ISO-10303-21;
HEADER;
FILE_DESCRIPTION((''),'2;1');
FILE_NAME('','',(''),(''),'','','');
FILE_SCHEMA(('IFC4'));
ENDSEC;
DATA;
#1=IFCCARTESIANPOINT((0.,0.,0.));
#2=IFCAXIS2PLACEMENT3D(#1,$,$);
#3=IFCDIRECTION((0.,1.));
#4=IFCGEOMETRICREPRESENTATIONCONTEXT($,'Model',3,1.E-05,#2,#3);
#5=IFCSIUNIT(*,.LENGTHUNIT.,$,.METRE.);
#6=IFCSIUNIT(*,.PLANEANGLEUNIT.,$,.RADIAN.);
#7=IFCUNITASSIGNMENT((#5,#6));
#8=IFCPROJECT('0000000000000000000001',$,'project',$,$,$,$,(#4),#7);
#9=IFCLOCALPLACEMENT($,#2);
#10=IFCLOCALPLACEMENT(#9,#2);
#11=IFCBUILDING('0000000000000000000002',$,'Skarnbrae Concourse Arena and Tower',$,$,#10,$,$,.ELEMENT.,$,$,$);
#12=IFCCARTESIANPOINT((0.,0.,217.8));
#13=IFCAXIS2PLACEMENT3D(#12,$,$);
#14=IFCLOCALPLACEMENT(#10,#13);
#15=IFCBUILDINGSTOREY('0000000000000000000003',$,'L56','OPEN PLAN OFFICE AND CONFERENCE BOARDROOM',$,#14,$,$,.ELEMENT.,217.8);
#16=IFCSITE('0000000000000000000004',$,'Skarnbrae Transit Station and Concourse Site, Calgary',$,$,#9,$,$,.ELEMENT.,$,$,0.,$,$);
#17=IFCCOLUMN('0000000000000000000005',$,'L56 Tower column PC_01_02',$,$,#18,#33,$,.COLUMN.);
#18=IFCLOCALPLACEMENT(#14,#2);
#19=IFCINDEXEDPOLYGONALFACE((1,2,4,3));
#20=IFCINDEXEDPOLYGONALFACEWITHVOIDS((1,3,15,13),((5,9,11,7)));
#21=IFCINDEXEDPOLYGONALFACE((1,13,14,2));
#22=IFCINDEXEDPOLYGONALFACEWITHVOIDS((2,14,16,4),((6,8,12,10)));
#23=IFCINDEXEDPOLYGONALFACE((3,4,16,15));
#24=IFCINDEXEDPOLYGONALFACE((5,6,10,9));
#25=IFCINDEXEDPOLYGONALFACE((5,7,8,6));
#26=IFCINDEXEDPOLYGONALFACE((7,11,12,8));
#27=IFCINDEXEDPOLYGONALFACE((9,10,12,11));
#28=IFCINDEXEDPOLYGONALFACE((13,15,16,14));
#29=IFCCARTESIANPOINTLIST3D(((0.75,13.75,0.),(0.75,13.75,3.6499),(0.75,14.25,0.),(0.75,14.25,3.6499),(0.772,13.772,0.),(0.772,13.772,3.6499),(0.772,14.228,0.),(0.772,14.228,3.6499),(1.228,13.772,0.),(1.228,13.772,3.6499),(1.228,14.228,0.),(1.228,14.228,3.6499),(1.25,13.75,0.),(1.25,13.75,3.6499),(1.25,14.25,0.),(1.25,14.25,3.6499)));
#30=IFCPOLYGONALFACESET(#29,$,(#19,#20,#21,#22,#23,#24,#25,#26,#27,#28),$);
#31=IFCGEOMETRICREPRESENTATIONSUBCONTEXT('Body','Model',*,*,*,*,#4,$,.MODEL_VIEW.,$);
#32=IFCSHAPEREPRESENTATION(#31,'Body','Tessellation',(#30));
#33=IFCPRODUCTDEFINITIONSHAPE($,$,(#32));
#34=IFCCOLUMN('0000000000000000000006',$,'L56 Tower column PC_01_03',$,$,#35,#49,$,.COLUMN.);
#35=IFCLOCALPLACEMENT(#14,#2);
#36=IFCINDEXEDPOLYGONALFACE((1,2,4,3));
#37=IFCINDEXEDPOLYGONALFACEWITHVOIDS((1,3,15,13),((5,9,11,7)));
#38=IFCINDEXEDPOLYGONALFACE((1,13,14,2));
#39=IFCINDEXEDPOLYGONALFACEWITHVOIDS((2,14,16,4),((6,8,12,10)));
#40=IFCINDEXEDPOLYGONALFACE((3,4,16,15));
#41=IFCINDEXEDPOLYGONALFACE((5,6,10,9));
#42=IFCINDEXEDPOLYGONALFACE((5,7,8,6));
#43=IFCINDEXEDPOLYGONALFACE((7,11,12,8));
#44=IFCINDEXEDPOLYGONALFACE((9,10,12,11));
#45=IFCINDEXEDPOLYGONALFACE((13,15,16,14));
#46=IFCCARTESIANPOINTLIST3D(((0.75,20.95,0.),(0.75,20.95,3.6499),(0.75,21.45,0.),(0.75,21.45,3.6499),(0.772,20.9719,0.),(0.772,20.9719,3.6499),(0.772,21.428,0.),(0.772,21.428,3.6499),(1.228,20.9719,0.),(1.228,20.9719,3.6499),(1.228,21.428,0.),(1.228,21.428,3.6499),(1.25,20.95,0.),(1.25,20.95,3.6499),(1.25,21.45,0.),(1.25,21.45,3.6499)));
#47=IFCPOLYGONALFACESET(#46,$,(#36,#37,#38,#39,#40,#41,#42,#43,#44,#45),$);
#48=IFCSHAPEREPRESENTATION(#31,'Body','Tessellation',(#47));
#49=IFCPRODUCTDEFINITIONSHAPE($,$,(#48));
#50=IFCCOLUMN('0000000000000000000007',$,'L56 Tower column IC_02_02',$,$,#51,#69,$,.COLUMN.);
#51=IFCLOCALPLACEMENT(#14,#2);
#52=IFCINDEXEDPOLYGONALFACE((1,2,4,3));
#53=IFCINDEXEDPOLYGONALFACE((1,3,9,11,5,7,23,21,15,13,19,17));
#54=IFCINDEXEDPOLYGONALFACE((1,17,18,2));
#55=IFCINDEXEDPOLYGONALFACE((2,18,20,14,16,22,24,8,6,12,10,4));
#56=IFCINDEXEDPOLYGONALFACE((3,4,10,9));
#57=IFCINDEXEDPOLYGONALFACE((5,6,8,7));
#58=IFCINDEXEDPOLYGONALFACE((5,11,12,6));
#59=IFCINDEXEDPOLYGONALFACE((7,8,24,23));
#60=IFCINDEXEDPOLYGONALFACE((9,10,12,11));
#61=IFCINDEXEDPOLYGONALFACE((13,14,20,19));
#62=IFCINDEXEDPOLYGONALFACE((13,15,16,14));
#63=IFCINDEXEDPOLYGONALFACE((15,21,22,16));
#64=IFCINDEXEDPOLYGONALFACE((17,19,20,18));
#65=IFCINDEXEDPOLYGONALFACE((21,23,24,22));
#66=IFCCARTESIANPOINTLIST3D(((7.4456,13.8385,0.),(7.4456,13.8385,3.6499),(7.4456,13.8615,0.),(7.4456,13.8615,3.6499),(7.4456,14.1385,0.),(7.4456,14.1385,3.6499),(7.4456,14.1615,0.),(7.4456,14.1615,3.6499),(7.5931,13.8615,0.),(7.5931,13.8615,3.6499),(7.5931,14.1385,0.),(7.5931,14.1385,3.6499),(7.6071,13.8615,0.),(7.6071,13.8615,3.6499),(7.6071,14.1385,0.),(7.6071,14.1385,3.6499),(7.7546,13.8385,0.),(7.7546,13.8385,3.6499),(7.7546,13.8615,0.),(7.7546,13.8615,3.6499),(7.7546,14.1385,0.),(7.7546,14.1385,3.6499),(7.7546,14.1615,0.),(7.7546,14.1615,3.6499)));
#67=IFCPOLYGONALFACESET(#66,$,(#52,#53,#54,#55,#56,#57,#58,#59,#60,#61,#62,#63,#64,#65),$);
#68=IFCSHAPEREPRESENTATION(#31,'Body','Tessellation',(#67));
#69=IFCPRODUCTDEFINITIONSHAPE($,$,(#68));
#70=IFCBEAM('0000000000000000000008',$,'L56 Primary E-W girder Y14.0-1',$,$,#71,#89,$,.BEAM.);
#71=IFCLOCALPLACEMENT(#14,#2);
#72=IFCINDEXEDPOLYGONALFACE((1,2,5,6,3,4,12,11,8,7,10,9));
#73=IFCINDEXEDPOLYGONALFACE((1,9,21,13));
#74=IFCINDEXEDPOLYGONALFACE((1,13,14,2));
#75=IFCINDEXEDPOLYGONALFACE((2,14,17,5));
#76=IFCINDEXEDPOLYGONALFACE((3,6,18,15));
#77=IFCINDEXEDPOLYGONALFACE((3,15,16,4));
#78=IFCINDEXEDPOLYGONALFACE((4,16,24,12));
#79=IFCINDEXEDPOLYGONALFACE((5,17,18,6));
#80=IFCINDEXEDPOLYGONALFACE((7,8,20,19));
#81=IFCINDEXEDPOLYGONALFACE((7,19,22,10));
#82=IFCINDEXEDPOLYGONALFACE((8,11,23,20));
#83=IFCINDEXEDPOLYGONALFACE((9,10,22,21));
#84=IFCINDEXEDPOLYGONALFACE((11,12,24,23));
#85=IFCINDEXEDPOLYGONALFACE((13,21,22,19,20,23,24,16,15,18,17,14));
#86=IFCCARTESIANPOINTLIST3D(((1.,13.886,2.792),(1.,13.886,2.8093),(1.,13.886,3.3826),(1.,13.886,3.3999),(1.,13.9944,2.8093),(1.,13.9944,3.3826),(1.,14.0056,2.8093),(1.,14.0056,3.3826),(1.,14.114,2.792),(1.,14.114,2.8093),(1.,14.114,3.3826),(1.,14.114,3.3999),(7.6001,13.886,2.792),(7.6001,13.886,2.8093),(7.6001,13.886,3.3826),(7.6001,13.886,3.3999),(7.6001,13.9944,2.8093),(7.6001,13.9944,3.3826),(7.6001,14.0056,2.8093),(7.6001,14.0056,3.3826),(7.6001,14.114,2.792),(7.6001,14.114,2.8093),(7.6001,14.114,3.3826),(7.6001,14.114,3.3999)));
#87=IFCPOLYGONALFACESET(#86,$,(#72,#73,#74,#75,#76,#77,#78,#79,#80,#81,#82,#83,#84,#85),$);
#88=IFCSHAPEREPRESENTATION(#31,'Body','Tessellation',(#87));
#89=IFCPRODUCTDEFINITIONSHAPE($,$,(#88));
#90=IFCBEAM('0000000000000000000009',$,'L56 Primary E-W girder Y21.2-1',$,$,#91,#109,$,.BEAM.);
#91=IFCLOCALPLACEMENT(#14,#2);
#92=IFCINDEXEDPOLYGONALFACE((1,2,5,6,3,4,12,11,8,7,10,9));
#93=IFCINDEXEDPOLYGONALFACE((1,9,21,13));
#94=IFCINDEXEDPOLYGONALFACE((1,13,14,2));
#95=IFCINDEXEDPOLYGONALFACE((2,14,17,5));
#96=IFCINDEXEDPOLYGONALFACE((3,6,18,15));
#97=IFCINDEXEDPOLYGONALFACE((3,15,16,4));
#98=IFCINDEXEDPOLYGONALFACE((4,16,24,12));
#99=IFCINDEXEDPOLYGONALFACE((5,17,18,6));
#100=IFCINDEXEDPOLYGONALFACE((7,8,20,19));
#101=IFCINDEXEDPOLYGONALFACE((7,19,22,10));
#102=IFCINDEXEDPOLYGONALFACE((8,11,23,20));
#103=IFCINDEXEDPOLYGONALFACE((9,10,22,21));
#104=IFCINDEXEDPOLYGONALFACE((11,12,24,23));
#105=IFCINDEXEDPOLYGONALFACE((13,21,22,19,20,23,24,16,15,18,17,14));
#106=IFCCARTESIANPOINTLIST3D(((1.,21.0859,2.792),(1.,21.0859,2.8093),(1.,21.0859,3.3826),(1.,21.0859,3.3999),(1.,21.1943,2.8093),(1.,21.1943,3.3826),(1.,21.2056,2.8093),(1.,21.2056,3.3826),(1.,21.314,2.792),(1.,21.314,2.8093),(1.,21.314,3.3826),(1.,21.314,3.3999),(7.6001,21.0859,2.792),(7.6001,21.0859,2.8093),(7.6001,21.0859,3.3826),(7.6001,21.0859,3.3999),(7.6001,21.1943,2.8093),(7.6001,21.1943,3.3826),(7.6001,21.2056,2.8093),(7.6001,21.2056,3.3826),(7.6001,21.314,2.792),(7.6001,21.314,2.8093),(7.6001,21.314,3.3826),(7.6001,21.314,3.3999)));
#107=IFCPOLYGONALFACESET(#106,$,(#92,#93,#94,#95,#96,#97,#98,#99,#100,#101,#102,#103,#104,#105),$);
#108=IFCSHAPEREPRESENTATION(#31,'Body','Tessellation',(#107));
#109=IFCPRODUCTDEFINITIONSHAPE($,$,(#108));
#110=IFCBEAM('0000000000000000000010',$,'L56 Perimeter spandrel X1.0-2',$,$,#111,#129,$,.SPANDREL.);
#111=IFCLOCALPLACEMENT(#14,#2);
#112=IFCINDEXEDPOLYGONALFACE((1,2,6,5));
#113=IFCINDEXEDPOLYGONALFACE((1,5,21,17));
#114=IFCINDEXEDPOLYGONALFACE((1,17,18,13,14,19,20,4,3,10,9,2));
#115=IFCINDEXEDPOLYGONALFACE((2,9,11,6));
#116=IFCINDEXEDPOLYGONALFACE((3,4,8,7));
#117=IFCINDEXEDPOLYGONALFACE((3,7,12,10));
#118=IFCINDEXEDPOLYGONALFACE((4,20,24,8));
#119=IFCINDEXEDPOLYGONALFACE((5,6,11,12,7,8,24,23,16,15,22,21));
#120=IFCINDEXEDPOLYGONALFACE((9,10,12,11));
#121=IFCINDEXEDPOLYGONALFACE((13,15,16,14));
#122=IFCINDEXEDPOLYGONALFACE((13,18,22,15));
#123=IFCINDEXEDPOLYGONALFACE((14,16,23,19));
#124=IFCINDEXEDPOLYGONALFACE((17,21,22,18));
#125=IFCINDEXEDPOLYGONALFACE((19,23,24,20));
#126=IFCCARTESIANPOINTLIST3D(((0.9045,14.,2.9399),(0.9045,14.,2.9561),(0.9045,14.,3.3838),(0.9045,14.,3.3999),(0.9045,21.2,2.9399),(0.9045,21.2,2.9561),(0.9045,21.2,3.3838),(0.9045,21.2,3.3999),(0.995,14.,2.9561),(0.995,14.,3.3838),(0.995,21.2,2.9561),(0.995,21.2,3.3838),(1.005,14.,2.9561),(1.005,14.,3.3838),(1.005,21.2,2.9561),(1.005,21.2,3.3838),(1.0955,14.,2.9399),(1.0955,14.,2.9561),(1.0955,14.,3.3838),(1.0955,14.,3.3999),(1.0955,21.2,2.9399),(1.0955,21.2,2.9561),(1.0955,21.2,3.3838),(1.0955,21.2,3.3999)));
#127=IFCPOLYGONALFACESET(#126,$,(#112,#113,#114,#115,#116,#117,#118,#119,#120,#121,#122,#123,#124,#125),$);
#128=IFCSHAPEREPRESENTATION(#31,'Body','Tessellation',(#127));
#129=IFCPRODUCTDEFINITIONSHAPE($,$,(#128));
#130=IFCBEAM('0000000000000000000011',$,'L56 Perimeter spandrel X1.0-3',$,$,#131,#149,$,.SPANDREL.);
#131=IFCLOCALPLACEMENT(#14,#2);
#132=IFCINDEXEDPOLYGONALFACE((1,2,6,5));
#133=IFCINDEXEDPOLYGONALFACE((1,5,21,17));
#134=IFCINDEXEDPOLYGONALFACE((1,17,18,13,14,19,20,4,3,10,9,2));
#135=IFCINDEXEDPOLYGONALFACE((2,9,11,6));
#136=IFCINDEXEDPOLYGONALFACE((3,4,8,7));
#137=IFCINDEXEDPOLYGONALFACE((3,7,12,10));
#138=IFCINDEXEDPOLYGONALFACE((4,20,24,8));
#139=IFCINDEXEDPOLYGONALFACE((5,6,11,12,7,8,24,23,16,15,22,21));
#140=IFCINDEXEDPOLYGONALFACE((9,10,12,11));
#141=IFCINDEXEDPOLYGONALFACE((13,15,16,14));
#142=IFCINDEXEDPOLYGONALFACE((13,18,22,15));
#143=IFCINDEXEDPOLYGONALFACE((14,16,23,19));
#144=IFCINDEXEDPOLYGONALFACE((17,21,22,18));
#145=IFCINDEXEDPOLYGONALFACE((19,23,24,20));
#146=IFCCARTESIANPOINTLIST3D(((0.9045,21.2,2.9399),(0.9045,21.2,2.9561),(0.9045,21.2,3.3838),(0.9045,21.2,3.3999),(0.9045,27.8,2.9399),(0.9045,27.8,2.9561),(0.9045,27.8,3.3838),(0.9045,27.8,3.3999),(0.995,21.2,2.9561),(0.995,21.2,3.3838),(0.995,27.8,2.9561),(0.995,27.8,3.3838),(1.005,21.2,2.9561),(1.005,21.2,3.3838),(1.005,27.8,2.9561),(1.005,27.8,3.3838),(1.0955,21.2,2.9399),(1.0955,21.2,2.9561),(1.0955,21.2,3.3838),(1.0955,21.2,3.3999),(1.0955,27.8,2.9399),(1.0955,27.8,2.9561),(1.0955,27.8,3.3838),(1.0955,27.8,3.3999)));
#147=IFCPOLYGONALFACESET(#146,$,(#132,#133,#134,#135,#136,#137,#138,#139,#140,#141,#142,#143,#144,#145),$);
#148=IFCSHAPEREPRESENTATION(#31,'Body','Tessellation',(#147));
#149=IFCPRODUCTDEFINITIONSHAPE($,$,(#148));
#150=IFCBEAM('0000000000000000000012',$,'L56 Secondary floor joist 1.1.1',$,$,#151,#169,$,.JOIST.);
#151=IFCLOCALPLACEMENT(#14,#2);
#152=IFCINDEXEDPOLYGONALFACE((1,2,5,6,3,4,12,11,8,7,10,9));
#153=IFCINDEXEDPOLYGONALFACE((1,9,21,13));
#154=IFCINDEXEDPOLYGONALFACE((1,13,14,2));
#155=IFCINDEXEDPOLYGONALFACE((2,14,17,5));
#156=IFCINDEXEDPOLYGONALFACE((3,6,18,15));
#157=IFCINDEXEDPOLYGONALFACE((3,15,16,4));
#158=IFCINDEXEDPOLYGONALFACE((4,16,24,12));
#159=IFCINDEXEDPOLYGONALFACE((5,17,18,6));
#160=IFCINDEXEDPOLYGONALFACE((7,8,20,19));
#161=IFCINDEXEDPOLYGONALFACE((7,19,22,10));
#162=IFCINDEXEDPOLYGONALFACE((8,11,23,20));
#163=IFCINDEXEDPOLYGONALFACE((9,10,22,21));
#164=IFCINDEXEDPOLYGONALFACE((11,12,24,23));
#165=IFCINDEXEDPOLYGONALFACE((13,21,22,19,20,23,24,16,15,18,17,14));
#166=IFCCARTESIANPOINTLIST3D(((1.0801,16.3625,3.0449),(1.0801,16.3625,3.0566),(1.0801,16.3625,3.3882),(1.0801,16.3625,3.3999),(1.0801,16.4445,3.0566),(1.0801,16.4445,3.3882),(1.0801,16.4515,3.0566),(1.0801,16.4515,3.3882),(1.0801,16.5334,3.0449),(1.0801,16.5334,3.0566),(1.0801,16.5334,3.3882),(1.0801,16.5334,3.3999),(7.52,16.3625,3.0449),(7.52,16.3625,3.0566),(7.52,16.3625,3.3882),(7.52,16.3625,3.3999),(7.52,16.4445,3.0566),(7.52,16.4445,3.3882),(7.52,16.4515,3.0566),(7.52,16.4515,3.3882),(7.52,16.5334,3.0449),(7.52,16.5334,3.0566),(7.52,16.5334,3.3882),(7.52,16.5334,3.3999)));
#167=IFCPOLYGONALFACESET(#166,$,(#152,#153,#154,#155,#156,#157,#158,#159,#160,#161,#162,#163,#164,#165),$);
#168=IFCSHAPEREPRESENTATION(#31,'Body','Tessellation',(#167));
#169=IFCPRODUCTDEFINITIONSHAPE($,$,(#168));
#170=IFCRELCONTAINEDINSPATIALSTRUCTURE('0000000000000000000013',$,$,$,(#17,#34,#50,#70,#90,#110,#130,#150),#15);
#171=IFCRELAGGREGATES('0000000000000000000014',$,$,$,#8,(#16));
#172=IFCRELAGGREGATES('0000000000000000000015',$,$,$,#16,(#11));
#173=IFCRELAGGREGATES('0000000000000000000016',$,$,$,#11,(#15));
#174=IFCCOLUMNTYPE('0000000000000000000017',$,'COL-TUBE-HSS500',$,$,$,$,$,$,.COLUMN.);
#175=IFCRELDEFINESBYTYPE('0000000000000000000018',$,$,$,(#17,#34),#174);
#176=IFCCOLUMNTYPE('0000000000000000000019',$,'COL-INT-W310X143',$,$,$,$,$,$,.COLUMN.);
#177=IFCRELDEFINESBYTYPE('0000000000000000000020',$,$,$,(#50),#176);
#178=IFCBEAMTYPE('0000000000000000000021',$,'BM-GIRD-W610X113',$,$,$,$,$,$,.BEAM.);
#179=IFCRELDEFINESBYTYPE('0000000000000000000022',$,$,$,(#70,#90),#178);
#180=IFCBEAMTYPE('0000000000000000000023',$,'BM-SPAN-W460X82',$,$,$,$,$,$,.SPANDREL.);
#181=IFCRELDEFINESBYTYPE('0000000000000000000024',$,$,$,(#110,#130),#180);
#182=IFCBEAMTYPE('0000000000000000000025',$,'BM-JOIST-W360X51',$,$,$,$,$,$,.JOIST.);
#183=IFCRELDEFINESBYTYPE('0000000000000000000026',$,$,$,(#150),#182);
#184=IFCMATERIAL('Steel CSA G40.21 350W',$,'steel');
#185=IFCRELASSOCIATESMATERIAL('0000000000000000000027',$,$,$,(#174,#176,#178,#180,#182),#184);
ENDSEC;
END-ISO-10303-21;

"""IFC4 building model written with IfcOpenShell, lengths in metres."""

from ifc_helpers import new_model, si_unit, direction, frame, origin, origin_2d, place, context, subcontext, project, spatial, hollow_rectangle, i_section, extrude, source, transform, mapped, material, material_profile, profile_set, type_object, element, save


model = new_model("IFC4")

# Units and contexts
model_context = context("Model", 3, precision=1e-05, world=origin(), true_north=direction((0.0, 1.0)))
body_context = subcontext(model_context, "Body", "Model", "MODEL_VIEW")
ifc_project = project(units=[si_unit("LENGTHUNIT", "METRE"), si_unit("PLANEANGLEUNIT", "RADIAN")], contexts=[model_context])

# Site, building, storey
site_placement = place(None, origin())
site = spatial("IfcSite", under=ifc_project, at=site_placement, Name="Skarnbrae Transit Station and Concourse Site, Calgary", CompositionType="ELEMENT", RefElevation=0.0)
building_placement = place(site_placement, origin())
building = spatial("IfcBuilding", under=site, at=building_placement, Name="Skarnbrae Concourse Arena and Tower", CompositionType="ELEMENT")
storey_placement = place(building_placement, frame((0.0, 0.0, 217.8)))
storey = spatial("IfcBuildingStorey", under=building, at=storey_placement, Name="L56", Description="OPEN PLAN OFFICE AND CONFERENCE BOARDROOM", CompositionType="ELEMENT", Elevation=217.8)

# Columns
ifc_material_1 = material(Name="Steel CSA G40.21 350W", Category="steel")
ifc_material_profile_1 = material_profile(ifc_material_1, hollow_rectangle(XDim=0.5, YDim=0.5, WallThickness=0.022, at=origin_2d()), Name="HSS500X500X22.0")
ifc_profile_set_1 = profile_set([ifc_material_profile_1], Name="Steel CSA G40.21 350W")
column_type_1 = type_object("IfcColumnType", Name="COL-TUBE-HSS500", PredefinedType="COLUMN", material=ifc_profile_set_1)
shared_shape_1 = source(origin(), body_context, "Body", "SweptSolid", [
    extrude(hollow_rectangle(XDim=0.5, YDim=0.5, WallThickness=0.022, at=origin_2d()), origin(), (0.0, 0.0, 1.0), 3.6499),
])
for number, where, z_axis, x_axis, name in (
    (1, (1.0, 14.0, 0.0), (0.0, 0.0, 1.0), (1.0, 0.0, 0.0), "L56 Tower column PC_01_02"),
    (2, (1.0, 21.2, 0.0), (0.0, 0.0, 1.0), (1.0, 0.0, 0.0), "L56 Tower column PC_01_03"),
):
    element("IfcColumn", number, at=place(storey_placement, frame(where, z_axis=z_axis, x_axis=x_axis)), inside=storey, type_object=column_type_1, Name=name, PredefinedType="COLUMN", context=body_context, shape_type="MappedRepresentation", body=[
        mapped(shared_shape_1, transform((0.0, 0.0, 0.0))),
    ])
ifc_material_profile_2 = material_profile(ifc_material_1, i_section(OverallWidth=0.3091, OverallDepth=0.323, WebThickness=0.0139, FlangeThickness=0.0229, at=origin_2d()), Name="W310X143")
ifc_profile_set_2 = profile_set([ifc_material_profile_2], Name="Steel CSA G40.21 350W")
column_type_2 = type_object("IfcColumnType", Name="COL-INT-W310X143", PredefinedType="COLUMN", material=ifc_profile_set_2)
shared_shape_2 = source(origin(), body_context, "Body", "SweptSolid", [
    extrude(i_section(OverallWidth=0.3091, OverallDepth=0.323, WebThickness=0.0139, FlangeThickness=0.0229, at=origin_2d()), origin(), (0.0, 0.0, 1.0), 3.6499),
])
column_placement = place(storey_placement, frame((7.6001, 14.0, 0.0), z_axis=(0.0, 0.0, 1.0), x_axis=(1.0, 0.0, 0.0)))
element("IfcColumn", 3, at=column_placement, inside=storey, type_object=column_type_2, Name="L56 Tower column IC_02_02", PredefinedType="COLUMN", context=body_context, shape_type="MappedRepresentation", body=[
    mapped(shared_shape_2, transform((0.0, 0.0, 0.0))),
])

# Beams
ifc_material_profile_3 = material_profile(ifc_material_1, i_section(OverallWidth=0.228, OverallDepth=0.6079, WebThickness=0.0112, FlangeThickness=0.0173, at=origin_2d()), Name="W610X113")
ifc_profile_set_3 = profile_set([ifc_material_profile_3], Name="Steel CSA G40.21 350W")
beam_type_1 = type_object("IfcBeamType", Name="BM-GIRD-W610X113", PredefinedType="BEAM", material=ifc_profile_set_3)
shared_shape_3 = source(origin(), body_context, "Body", "SweptSolid", [
    extrude(i_section(OverallWidth=0.228, OverallDepth=0.6079, WebThickness=0.0112, FlangeThickness=0.0173, at=origin_2d()), origin(), (0.0, 0.0, 1.0), 6.6001),
])
for number, where, z_axis, x_axis, name in (
    (4, (1.0, 14.0, 3.0959), (1.0, 0.0, 0.0), (0.0, 1.0, 0.0), "L56 Primary E-W girder Y14.0-1"),
    (5, (1.0, 21.2, 3.0959), (1.0, 0.0, 0.0), (0.0, 1.0, 0.0), "L56 Primary E-W girder Y21.2-1"),
):
    element("IfcBeam", number, at=place(storey_placement, frame(where, z_axis=z_axis, x_axis=x_axis)), inside=storey, type_object=beam_type_1, Name=name, PredefinedType="BEAM", context=body_context, shape_type="MappedRepresentation", body=[
        mapped(shared_shape_3, transform((0.0, 0.0, 0.0))),
    ])
ifc_material_profile_4 = material_profile(ifc_material_1, i_section(OverallWidth=0.1909, OverallDepth=0.46, WebThickness=0.01, FlangeThickness=0.0161, at=origin_2d()), Name="W460X82")
ifc_profile_set_4 = profile_set([ifc_material_profile_4], Name="Steel CSA G40.21 350W")
beam_type_2 = type_object("IfcBeamType", Name="BM-SPAN-W460X82", PredefinedType="SPANDREL", material=ifc_profile_set_4)
shared_shape_4 = source(origin(), body_context, "Body", "SweptSolid", [
    extrude(i_section(OverallWidth=0.1909, OverallDepth=0.46, WebThickness=0.01, FlangeThickness=0.0161, at=origin_2d()), origin(), (0.0, 0.0, 1.0), 7.2),
])
beam_1_placement = place(storey_placement, frame((1.0, 14.0, 3.1699), z_axis=(0.0, 1.0, 0.0), x_axis=(-1.0, 0.0, 0.0)))
element("IfcBeam", 6, at=beam_1_placement, inside=storey, type_object=beam_type_2, Name="L56 Perimeter spandrel X1.0-2", PredefinedType="SPANDREL", context=body_context, shape_type="MappedRepresentation", body=[
    mapped(shared_shape_4, transform((0.0, 0.0, 0.0))),
])
shared_shape_5 = source(origin(), body_context, "Body", "SweptSolid", [
    extrude(i_section(OverallWidth=0.1909, OverallDepth=0.46, WebThickness=0.01, FlangeThickness=0.0161, at=origin_2d()), origin(), (0.0, 0.0, 1.0), 6.6001),
])
beam_2_placement = place(storey_placement, frame((1.0, 21.2, 3.1699), z_axis=(0.0, 1.0, 0.0), x_axis=(-1.0, 0.0, 0.0)))
element("IfcBeam", 7, at=beam_2_placement, inside=storey, type_object=beam_type_2, Name="L56 Perimeter spandrel X1.0-3", PredefinedType="SPANDREL", context=body_context, shape_type="MappedRepresentation", body=[
    mapped(shared_shape_5, transform((0.0, 0.0, 0.0))),
])
ifc_material_profile_5 = material_profile(ifc_material_1, i_section(OverallWidth=0.1709, OverallDepth=0.355, WebThickness=0.0071, FlangeThickness=0.0117, at=origin_2d()), Name="W360X51")
ifc_profile_set_5 = profile_set([ifc_material_profile_5], Name="Steel CSA G40.21 350W")
beam_type_3 = type_object("IfcBeamType", Name="BM-JOIST-W360X51", PredefinedType="JOIST", material=ifc_profile_set_5)
shared_shape_6 = source(origin(), body_context, "Body", "SweptSolid", [
    extrude(i_section(OverallWidth=0.1709, OverallDepth=0.355, WebThickness=0.0071, FlangeThickness=0.0117, at=origin_2d()), origin(), (0.0, 0.0, 1.0), 6.4399),
])
for number, where, z_axis, x_axis, name in (
    (8, (1.0801, 16.448, 3.2224), (1.0, 0.0, 0.0), (0.0, 1.0, 0.0), "L56 Secondary floor joist 1.1.1"),
):
    element("IfcBeam", number, at=place(storey_placement, frame(where, z_axis=z_axis, x_axis=x_axis)), inside=storey, type_object=beam_type_3, Name=name, PredefinedType="JOIST", context=body_context, shape_type="MappedRepresentation", body=[
        mapped(shared_shape_6, transform((0.0, 0.0, 0.0))),
    ])

save(model, "model.ifc")
